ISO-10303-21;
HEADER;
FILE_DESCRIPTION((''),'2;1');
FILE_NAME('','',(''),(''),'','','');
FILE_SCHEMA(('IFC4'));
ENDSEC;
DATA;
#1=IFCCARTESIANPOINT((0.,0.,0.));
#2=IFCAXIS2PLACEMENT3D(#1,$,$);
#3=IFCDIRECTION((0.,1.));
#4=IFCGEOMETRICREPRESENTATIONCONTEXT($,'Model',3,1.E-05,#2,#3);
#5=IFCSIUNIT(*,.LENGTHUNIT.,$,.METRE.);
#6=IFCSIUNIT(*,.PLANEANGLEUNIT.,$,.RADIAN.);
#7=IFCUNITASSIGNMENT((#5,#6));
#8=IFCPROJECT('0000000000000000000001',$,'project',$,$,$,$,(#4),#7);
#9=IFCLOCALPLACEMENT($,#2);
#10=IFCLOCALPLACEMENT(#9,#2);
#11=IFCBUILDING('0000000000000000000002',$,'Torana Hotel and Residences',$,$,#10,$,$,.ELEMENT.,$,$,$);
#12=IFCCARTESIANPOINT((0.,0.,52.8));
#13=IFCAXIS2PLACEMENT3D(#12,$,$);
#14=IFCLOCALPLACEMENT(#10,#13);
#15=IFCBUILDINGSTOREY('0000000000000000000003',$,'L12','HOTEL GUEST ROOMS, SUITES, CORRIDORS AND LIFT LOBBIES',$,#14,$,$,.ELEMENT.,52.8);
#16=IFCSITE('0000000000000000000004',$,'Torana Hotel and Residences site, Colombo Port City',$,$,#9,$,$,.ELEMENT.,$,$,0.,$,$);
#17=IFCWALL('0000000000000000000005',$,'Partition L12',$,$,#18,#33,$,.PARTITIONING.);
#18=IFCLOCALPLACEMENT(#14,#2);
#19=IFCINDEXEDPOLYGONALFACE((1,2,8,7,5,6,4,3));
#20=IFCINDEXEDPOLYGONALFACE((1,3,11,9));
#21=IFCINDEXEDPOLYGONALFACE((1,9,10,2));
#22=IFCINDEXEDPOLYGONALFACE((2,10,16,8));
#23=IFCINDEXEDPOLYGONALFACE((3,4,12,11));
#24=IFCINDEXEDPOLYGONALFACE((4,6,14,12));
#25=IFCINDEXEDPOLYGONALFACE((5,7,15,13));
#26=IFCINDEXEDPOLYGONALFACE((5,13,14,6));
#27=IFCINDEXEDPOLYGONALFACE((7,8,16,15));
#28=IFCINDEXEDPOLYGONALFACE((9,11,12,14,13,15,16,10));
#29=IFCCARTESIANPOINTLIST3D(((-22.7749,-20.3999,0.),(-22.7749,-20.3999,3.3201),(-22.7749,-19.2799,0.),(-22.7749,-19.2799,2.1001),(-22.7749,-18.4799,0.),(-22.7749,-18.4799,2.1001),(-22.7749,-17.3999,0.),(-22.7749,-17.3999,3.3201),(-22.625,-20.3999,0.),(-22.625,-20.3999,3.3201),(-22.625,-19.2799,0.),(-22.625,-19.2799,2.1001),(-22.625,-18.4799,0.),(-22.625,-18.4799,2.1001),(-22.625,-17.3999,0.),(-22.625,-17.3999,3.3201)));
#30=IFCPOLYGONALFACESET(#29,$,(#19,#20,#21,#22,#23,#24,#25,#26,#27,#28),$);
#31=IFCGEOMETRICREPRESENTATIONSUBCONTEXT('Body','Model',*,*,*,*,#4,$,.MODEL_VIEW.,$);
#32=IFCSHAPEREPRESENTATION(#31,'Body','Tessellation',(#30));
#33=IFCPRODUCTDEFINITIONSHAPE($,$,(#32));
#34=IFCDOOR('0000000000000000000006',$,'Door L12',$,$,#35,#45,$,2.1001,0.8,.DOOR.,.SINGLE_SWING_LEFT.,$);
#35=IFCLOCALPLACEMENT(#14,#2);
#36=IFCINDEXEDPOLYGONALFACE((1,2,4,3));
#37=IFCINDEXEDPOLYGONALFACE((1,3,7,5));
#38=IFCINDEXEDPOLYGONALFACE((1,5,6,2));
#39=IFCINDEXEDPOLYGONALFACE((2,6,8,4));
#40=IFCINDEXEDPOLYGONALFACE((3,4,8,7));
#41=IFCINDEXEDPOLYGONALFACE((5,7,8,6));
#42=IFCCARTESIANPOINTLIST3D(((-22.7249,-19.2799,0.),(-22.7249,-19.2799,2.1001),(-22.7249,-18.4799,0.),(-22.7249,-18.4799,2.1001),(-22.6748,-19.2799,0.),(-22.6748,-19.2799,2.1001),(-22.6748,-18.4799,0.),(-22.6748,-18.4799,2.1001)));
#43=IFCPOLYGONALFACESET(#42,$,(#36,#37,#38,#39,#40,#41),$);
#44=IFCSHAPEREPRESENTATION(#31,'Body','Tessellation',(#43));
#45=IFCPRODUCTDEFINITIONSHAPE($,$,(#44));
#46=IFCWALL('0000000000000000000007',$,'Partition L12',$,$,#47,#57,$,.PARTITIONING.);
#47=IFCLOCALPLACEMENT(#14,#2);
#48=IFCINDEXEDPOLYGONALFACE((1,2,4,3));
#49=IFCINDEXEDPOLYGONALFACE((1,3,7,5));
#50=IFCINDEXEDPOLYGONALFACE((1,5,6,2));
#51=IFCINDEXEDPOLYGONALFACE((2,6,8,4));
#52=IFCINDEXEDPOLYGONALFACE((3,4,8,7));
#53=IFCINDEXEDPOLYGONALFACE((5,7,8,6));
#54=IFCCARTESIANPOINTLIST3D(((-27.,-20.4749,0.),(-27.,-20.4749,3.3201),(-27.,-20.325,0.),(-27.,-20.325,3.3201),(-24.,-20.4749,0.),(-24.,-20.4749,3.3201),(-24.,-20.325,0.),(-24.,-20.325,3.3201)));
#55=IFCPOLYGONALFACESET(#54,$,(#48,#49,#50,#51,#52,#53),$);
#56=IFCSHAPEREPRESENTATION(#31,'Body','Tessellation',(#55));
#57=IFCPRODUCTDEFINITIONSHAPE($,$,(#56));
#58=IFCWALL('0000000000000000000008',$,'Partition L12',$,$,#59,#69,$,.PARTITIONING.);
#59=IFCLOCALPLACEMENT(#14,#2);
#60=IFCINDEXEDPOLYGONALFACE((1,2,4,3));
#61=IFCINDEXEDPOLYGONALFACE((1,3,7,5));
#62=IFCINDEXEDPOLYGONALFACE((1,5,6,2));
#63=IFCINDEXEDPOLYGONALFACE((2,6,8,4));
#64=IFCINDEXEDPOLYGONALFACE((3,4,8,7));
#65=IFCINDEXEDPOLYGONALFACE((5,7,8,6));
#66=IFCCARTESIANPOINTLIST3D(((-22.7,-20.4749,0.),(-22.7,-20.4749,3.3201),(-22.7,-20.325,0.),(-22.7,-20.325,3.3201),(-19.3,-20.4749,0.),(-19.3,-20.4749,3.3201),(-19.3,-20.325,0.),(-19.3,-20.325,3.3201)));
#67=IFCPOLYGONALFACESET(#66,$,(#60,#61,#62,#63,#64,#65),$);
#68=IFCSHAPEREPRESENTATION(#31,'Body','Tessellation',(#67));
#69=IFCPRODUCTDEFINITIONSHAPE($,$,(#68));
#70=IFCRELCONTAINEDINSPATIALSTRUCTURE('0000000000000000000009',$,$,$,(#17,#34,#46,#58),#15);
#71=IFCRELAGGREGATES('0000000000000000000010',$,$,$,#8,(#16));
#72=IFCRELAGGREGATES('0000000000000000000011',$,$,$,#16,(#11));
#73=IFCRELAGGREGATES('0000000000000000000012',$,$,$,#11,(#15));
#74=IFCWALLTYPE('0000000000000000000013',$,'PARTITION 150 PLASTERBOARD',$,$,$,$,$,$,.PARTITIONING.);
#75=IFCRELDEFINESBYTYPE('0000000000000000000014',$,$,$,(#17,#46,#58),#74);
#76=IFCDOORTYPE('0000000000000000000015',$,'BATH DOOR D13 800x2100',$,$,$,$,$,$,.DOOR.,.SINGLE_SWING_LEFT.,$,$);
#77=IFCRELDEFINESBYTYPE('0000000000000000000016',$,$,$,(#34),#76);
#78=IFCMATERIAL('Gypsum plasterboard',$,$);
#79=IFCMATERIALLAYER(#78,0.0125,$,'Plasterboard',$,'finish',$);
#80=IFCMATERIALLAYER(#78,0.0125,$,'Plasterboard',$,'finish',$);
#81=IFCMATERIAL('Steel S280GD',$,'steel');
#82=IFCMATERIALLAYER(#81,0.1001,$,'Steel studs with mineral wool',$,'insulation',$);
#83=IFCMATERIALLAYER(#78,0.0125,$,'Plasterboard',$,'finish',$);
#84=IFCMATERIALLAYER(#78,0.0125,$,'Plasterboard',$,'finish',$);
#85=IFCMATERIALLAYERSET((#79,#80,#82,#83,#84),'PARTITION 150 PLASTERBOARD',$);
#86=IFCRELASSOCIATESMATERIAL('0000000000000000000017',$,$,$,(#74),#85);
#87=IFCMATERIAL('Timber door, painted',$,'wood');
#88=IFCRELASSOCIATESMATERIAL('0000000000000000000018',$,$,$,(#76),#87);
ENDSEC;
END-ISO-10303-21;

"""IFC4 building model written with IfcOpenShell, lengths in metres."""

from ifc_helpers import new_model, si_unit, direction, frame, frame_2d, origin, place, context, subcontext, project, spatial, rectangle, extrude, material, layer, layer_set, type_object, element, fill, save


model = new_model("IFC4")

# Units and contexts
model_context = context("Model", 3, precision=1e-05, world=origin(), true_north=direction((0.0, 1.0)))
body_context = subcontext(model_context, "Body", "Model", "MODEL_VIEW")
ifc_project = project(units=[si_unit("LENGTHUNIT", "METRE"), si_unit("PLANEANGLEUNIT", "RADIAN")], contexts=[model_context])

# Site, building, storey
site_placement = place(None, origin())
site = spatial("IfcSite", under=ifc_project, at=site_placement, Name="Torana Hotel and Residences site, Colombo Port City", CompositionType="ELEMENT", RefElevation=0.0)
building_placement = place(site_placement, origin())
building = spatial("IfcBuilding", under=site, at=building_placement, Name="Torana Hotel and Residences", CompositionType="ELEMENT")
storey_placement = place(building_placement, frame((0.0, 0.0, 52.8)))
storey = spatial("IfcBuildingStorey", under=building, at=storey_placement, Name="L12", Description="HOTEL GUEST ROOMS, SUITES, CORRIDORS AND LIFT LOBBIES", CompositionType="ELEMENT", Elevation=52.8)

# Wall, opening, door
ifc_material_1 = material(Name="Gypsum plasterboard")
ifc_layer_1 = layer(ifc_material_1, 0.0125, Name="Plasterboard", Category="finish")
ifc_layer_2 = layer(ifc_material_1, 0.0125, Name="Plasterboard", Category="finish")
ifc_material_2 = material(Name="Steel S280GD", Category="steel")
ifc_layer_3 = layer(ifc_material_2, 0.1001, Name="Steel studs with mineral wool", Category="insulation")
ifc_layer_4 = layer(ifc_material_1, 0.0125, Name="Plasterboard", Category="finish")
ifc_layer_5 = layer(ifc_material_1, 0.0125, Name="Plasterboard", Category="finish")
ifc_layer_set_1 = layer_set([ifc_layer_1, ifc_layer_2, ifc_layer_3, ifc_layer_4, ifc_layer_5], Name="PARTITION 150 PLASTERBOARD")
wall_type_1 = type_object("IfcWallType", Name="PARTITION 150 PLASTERBOARD", PredefinedType="PARTITIONING", material=ifc_layer_set_1)
ifc_material_3 = material(Name="Timber door, painted", Category="wood")
door_type_1 = type_object("IfcDoorType", Name="BATH DOOR D13 800x2100", OperationType="SINGLE_SWING_LEFT", PredefinedType="DOOR", material=ifc_material_3)
wall_1_placement = place(storey_placement, frame((-22.7, -20.3999, 0.0), z_axis=(0.0, 0.0, 1.0), x_axis=(0.0, 1.0, 0.0)))
wall_1 = element("IfcWall", 1, at=wall_1_placement, inside=storey, type_object=wall_type_1, Name="Partition L12", PredefinedType="PARTITIONING", context=body_context, shape_type="SweptSolid", body=[
    extrude(rectangle(XDim=3.0, YDim=0.1499, at=frame_2d((1.5, 0.0))), origin(), (0.0, 0.0, 1.0), 3.3201),
])
opening_1_placement = place(wall_1_placement, frame((1.1201, 0.0, 0.0)))
opening_1 = element("IfcOpeningElement", 2, at=opening_1_placement, cuts=wall_1, PredefinedType="OPENING", context=body_context, shape_type="SweptSolid", body=[
    extrude(rectangle(XDim=0.8, YDim=2.1001, at=frame_2d((0.3999, 1.05))), frame((0.0, 0.085, 0.0), z_axis=(0.0, -1.0, 0.0), x_axis=(1.0, 0.0, 0.0)), (0.0, 0.0, 1.0), 0.1699),
])
door_1_placement = place(opening_1_placement, origin())
door_1 = element("IfcDoor", 3, at=door_1_placement, inside=storey, type_object=door_type_1, Name="Door L12", OperationType="SINGLE_SWING_LEFT", OverallHeight=2.1001, OverallWidth=0.8, PredefinedType="DOOR", context=body_context, shape_type="SweptSolid", body=[
    extrude(rectangle(XDim=0.8, YDim=2.1001, at=frame_2d((0.3999, 1.05))), frame((0.0, 0.0249, 0.0), z_axis=(0.0, -1.0, 0.0), x_axis=(1.0, 0.0, 0.0)), (0.0, 0.0, 1.0), 0.05),
])
fill(opening_1, door_1)

# Walls
wall_2_placement = place(storey_placement, frame((-27.0, -20.3999, 0.0), z_axis=(0.0, 0.0, 1.0), x_axis=(1.0, 0.0, 0.0)))
element("IfcWall", 4, at=wall_2_placement, inside=storey, type_object=wall_type_1, Name="Partition L12", PredefinedType="PARTITIONING", context=body_context, shape_type="SweptSolid", body=[
    extrude(rectangle(XDim=3.0, YDim=0.1499, at=frame_2d((1.5, 0.0))), origin(), (0.0, 0.0, 1.0), 3.3201),
])
wall_3_placement = place(storey_placement, frame((-22.7, -20.3999, 0.0), z_axis=(0.0, 0.0, 1.0), x_axis=(1.0, 0.0, 0.0)))
element("IfcWall", 5, at=wall_3_placement, inside=storey, type_object=wall_type_1, Name="Partition L12", PredefinedType="PARTITIONING", context=body_context, shape_type="SweptSolid", body=[
    extrude(rectangle(XDim=3.3999, YDim=0.1499, at=frame_2d((1.7, 0.0))), origin(), (0.0, 0.0, 1.0), 3.3201),
])

save(model, "model.ifc")
